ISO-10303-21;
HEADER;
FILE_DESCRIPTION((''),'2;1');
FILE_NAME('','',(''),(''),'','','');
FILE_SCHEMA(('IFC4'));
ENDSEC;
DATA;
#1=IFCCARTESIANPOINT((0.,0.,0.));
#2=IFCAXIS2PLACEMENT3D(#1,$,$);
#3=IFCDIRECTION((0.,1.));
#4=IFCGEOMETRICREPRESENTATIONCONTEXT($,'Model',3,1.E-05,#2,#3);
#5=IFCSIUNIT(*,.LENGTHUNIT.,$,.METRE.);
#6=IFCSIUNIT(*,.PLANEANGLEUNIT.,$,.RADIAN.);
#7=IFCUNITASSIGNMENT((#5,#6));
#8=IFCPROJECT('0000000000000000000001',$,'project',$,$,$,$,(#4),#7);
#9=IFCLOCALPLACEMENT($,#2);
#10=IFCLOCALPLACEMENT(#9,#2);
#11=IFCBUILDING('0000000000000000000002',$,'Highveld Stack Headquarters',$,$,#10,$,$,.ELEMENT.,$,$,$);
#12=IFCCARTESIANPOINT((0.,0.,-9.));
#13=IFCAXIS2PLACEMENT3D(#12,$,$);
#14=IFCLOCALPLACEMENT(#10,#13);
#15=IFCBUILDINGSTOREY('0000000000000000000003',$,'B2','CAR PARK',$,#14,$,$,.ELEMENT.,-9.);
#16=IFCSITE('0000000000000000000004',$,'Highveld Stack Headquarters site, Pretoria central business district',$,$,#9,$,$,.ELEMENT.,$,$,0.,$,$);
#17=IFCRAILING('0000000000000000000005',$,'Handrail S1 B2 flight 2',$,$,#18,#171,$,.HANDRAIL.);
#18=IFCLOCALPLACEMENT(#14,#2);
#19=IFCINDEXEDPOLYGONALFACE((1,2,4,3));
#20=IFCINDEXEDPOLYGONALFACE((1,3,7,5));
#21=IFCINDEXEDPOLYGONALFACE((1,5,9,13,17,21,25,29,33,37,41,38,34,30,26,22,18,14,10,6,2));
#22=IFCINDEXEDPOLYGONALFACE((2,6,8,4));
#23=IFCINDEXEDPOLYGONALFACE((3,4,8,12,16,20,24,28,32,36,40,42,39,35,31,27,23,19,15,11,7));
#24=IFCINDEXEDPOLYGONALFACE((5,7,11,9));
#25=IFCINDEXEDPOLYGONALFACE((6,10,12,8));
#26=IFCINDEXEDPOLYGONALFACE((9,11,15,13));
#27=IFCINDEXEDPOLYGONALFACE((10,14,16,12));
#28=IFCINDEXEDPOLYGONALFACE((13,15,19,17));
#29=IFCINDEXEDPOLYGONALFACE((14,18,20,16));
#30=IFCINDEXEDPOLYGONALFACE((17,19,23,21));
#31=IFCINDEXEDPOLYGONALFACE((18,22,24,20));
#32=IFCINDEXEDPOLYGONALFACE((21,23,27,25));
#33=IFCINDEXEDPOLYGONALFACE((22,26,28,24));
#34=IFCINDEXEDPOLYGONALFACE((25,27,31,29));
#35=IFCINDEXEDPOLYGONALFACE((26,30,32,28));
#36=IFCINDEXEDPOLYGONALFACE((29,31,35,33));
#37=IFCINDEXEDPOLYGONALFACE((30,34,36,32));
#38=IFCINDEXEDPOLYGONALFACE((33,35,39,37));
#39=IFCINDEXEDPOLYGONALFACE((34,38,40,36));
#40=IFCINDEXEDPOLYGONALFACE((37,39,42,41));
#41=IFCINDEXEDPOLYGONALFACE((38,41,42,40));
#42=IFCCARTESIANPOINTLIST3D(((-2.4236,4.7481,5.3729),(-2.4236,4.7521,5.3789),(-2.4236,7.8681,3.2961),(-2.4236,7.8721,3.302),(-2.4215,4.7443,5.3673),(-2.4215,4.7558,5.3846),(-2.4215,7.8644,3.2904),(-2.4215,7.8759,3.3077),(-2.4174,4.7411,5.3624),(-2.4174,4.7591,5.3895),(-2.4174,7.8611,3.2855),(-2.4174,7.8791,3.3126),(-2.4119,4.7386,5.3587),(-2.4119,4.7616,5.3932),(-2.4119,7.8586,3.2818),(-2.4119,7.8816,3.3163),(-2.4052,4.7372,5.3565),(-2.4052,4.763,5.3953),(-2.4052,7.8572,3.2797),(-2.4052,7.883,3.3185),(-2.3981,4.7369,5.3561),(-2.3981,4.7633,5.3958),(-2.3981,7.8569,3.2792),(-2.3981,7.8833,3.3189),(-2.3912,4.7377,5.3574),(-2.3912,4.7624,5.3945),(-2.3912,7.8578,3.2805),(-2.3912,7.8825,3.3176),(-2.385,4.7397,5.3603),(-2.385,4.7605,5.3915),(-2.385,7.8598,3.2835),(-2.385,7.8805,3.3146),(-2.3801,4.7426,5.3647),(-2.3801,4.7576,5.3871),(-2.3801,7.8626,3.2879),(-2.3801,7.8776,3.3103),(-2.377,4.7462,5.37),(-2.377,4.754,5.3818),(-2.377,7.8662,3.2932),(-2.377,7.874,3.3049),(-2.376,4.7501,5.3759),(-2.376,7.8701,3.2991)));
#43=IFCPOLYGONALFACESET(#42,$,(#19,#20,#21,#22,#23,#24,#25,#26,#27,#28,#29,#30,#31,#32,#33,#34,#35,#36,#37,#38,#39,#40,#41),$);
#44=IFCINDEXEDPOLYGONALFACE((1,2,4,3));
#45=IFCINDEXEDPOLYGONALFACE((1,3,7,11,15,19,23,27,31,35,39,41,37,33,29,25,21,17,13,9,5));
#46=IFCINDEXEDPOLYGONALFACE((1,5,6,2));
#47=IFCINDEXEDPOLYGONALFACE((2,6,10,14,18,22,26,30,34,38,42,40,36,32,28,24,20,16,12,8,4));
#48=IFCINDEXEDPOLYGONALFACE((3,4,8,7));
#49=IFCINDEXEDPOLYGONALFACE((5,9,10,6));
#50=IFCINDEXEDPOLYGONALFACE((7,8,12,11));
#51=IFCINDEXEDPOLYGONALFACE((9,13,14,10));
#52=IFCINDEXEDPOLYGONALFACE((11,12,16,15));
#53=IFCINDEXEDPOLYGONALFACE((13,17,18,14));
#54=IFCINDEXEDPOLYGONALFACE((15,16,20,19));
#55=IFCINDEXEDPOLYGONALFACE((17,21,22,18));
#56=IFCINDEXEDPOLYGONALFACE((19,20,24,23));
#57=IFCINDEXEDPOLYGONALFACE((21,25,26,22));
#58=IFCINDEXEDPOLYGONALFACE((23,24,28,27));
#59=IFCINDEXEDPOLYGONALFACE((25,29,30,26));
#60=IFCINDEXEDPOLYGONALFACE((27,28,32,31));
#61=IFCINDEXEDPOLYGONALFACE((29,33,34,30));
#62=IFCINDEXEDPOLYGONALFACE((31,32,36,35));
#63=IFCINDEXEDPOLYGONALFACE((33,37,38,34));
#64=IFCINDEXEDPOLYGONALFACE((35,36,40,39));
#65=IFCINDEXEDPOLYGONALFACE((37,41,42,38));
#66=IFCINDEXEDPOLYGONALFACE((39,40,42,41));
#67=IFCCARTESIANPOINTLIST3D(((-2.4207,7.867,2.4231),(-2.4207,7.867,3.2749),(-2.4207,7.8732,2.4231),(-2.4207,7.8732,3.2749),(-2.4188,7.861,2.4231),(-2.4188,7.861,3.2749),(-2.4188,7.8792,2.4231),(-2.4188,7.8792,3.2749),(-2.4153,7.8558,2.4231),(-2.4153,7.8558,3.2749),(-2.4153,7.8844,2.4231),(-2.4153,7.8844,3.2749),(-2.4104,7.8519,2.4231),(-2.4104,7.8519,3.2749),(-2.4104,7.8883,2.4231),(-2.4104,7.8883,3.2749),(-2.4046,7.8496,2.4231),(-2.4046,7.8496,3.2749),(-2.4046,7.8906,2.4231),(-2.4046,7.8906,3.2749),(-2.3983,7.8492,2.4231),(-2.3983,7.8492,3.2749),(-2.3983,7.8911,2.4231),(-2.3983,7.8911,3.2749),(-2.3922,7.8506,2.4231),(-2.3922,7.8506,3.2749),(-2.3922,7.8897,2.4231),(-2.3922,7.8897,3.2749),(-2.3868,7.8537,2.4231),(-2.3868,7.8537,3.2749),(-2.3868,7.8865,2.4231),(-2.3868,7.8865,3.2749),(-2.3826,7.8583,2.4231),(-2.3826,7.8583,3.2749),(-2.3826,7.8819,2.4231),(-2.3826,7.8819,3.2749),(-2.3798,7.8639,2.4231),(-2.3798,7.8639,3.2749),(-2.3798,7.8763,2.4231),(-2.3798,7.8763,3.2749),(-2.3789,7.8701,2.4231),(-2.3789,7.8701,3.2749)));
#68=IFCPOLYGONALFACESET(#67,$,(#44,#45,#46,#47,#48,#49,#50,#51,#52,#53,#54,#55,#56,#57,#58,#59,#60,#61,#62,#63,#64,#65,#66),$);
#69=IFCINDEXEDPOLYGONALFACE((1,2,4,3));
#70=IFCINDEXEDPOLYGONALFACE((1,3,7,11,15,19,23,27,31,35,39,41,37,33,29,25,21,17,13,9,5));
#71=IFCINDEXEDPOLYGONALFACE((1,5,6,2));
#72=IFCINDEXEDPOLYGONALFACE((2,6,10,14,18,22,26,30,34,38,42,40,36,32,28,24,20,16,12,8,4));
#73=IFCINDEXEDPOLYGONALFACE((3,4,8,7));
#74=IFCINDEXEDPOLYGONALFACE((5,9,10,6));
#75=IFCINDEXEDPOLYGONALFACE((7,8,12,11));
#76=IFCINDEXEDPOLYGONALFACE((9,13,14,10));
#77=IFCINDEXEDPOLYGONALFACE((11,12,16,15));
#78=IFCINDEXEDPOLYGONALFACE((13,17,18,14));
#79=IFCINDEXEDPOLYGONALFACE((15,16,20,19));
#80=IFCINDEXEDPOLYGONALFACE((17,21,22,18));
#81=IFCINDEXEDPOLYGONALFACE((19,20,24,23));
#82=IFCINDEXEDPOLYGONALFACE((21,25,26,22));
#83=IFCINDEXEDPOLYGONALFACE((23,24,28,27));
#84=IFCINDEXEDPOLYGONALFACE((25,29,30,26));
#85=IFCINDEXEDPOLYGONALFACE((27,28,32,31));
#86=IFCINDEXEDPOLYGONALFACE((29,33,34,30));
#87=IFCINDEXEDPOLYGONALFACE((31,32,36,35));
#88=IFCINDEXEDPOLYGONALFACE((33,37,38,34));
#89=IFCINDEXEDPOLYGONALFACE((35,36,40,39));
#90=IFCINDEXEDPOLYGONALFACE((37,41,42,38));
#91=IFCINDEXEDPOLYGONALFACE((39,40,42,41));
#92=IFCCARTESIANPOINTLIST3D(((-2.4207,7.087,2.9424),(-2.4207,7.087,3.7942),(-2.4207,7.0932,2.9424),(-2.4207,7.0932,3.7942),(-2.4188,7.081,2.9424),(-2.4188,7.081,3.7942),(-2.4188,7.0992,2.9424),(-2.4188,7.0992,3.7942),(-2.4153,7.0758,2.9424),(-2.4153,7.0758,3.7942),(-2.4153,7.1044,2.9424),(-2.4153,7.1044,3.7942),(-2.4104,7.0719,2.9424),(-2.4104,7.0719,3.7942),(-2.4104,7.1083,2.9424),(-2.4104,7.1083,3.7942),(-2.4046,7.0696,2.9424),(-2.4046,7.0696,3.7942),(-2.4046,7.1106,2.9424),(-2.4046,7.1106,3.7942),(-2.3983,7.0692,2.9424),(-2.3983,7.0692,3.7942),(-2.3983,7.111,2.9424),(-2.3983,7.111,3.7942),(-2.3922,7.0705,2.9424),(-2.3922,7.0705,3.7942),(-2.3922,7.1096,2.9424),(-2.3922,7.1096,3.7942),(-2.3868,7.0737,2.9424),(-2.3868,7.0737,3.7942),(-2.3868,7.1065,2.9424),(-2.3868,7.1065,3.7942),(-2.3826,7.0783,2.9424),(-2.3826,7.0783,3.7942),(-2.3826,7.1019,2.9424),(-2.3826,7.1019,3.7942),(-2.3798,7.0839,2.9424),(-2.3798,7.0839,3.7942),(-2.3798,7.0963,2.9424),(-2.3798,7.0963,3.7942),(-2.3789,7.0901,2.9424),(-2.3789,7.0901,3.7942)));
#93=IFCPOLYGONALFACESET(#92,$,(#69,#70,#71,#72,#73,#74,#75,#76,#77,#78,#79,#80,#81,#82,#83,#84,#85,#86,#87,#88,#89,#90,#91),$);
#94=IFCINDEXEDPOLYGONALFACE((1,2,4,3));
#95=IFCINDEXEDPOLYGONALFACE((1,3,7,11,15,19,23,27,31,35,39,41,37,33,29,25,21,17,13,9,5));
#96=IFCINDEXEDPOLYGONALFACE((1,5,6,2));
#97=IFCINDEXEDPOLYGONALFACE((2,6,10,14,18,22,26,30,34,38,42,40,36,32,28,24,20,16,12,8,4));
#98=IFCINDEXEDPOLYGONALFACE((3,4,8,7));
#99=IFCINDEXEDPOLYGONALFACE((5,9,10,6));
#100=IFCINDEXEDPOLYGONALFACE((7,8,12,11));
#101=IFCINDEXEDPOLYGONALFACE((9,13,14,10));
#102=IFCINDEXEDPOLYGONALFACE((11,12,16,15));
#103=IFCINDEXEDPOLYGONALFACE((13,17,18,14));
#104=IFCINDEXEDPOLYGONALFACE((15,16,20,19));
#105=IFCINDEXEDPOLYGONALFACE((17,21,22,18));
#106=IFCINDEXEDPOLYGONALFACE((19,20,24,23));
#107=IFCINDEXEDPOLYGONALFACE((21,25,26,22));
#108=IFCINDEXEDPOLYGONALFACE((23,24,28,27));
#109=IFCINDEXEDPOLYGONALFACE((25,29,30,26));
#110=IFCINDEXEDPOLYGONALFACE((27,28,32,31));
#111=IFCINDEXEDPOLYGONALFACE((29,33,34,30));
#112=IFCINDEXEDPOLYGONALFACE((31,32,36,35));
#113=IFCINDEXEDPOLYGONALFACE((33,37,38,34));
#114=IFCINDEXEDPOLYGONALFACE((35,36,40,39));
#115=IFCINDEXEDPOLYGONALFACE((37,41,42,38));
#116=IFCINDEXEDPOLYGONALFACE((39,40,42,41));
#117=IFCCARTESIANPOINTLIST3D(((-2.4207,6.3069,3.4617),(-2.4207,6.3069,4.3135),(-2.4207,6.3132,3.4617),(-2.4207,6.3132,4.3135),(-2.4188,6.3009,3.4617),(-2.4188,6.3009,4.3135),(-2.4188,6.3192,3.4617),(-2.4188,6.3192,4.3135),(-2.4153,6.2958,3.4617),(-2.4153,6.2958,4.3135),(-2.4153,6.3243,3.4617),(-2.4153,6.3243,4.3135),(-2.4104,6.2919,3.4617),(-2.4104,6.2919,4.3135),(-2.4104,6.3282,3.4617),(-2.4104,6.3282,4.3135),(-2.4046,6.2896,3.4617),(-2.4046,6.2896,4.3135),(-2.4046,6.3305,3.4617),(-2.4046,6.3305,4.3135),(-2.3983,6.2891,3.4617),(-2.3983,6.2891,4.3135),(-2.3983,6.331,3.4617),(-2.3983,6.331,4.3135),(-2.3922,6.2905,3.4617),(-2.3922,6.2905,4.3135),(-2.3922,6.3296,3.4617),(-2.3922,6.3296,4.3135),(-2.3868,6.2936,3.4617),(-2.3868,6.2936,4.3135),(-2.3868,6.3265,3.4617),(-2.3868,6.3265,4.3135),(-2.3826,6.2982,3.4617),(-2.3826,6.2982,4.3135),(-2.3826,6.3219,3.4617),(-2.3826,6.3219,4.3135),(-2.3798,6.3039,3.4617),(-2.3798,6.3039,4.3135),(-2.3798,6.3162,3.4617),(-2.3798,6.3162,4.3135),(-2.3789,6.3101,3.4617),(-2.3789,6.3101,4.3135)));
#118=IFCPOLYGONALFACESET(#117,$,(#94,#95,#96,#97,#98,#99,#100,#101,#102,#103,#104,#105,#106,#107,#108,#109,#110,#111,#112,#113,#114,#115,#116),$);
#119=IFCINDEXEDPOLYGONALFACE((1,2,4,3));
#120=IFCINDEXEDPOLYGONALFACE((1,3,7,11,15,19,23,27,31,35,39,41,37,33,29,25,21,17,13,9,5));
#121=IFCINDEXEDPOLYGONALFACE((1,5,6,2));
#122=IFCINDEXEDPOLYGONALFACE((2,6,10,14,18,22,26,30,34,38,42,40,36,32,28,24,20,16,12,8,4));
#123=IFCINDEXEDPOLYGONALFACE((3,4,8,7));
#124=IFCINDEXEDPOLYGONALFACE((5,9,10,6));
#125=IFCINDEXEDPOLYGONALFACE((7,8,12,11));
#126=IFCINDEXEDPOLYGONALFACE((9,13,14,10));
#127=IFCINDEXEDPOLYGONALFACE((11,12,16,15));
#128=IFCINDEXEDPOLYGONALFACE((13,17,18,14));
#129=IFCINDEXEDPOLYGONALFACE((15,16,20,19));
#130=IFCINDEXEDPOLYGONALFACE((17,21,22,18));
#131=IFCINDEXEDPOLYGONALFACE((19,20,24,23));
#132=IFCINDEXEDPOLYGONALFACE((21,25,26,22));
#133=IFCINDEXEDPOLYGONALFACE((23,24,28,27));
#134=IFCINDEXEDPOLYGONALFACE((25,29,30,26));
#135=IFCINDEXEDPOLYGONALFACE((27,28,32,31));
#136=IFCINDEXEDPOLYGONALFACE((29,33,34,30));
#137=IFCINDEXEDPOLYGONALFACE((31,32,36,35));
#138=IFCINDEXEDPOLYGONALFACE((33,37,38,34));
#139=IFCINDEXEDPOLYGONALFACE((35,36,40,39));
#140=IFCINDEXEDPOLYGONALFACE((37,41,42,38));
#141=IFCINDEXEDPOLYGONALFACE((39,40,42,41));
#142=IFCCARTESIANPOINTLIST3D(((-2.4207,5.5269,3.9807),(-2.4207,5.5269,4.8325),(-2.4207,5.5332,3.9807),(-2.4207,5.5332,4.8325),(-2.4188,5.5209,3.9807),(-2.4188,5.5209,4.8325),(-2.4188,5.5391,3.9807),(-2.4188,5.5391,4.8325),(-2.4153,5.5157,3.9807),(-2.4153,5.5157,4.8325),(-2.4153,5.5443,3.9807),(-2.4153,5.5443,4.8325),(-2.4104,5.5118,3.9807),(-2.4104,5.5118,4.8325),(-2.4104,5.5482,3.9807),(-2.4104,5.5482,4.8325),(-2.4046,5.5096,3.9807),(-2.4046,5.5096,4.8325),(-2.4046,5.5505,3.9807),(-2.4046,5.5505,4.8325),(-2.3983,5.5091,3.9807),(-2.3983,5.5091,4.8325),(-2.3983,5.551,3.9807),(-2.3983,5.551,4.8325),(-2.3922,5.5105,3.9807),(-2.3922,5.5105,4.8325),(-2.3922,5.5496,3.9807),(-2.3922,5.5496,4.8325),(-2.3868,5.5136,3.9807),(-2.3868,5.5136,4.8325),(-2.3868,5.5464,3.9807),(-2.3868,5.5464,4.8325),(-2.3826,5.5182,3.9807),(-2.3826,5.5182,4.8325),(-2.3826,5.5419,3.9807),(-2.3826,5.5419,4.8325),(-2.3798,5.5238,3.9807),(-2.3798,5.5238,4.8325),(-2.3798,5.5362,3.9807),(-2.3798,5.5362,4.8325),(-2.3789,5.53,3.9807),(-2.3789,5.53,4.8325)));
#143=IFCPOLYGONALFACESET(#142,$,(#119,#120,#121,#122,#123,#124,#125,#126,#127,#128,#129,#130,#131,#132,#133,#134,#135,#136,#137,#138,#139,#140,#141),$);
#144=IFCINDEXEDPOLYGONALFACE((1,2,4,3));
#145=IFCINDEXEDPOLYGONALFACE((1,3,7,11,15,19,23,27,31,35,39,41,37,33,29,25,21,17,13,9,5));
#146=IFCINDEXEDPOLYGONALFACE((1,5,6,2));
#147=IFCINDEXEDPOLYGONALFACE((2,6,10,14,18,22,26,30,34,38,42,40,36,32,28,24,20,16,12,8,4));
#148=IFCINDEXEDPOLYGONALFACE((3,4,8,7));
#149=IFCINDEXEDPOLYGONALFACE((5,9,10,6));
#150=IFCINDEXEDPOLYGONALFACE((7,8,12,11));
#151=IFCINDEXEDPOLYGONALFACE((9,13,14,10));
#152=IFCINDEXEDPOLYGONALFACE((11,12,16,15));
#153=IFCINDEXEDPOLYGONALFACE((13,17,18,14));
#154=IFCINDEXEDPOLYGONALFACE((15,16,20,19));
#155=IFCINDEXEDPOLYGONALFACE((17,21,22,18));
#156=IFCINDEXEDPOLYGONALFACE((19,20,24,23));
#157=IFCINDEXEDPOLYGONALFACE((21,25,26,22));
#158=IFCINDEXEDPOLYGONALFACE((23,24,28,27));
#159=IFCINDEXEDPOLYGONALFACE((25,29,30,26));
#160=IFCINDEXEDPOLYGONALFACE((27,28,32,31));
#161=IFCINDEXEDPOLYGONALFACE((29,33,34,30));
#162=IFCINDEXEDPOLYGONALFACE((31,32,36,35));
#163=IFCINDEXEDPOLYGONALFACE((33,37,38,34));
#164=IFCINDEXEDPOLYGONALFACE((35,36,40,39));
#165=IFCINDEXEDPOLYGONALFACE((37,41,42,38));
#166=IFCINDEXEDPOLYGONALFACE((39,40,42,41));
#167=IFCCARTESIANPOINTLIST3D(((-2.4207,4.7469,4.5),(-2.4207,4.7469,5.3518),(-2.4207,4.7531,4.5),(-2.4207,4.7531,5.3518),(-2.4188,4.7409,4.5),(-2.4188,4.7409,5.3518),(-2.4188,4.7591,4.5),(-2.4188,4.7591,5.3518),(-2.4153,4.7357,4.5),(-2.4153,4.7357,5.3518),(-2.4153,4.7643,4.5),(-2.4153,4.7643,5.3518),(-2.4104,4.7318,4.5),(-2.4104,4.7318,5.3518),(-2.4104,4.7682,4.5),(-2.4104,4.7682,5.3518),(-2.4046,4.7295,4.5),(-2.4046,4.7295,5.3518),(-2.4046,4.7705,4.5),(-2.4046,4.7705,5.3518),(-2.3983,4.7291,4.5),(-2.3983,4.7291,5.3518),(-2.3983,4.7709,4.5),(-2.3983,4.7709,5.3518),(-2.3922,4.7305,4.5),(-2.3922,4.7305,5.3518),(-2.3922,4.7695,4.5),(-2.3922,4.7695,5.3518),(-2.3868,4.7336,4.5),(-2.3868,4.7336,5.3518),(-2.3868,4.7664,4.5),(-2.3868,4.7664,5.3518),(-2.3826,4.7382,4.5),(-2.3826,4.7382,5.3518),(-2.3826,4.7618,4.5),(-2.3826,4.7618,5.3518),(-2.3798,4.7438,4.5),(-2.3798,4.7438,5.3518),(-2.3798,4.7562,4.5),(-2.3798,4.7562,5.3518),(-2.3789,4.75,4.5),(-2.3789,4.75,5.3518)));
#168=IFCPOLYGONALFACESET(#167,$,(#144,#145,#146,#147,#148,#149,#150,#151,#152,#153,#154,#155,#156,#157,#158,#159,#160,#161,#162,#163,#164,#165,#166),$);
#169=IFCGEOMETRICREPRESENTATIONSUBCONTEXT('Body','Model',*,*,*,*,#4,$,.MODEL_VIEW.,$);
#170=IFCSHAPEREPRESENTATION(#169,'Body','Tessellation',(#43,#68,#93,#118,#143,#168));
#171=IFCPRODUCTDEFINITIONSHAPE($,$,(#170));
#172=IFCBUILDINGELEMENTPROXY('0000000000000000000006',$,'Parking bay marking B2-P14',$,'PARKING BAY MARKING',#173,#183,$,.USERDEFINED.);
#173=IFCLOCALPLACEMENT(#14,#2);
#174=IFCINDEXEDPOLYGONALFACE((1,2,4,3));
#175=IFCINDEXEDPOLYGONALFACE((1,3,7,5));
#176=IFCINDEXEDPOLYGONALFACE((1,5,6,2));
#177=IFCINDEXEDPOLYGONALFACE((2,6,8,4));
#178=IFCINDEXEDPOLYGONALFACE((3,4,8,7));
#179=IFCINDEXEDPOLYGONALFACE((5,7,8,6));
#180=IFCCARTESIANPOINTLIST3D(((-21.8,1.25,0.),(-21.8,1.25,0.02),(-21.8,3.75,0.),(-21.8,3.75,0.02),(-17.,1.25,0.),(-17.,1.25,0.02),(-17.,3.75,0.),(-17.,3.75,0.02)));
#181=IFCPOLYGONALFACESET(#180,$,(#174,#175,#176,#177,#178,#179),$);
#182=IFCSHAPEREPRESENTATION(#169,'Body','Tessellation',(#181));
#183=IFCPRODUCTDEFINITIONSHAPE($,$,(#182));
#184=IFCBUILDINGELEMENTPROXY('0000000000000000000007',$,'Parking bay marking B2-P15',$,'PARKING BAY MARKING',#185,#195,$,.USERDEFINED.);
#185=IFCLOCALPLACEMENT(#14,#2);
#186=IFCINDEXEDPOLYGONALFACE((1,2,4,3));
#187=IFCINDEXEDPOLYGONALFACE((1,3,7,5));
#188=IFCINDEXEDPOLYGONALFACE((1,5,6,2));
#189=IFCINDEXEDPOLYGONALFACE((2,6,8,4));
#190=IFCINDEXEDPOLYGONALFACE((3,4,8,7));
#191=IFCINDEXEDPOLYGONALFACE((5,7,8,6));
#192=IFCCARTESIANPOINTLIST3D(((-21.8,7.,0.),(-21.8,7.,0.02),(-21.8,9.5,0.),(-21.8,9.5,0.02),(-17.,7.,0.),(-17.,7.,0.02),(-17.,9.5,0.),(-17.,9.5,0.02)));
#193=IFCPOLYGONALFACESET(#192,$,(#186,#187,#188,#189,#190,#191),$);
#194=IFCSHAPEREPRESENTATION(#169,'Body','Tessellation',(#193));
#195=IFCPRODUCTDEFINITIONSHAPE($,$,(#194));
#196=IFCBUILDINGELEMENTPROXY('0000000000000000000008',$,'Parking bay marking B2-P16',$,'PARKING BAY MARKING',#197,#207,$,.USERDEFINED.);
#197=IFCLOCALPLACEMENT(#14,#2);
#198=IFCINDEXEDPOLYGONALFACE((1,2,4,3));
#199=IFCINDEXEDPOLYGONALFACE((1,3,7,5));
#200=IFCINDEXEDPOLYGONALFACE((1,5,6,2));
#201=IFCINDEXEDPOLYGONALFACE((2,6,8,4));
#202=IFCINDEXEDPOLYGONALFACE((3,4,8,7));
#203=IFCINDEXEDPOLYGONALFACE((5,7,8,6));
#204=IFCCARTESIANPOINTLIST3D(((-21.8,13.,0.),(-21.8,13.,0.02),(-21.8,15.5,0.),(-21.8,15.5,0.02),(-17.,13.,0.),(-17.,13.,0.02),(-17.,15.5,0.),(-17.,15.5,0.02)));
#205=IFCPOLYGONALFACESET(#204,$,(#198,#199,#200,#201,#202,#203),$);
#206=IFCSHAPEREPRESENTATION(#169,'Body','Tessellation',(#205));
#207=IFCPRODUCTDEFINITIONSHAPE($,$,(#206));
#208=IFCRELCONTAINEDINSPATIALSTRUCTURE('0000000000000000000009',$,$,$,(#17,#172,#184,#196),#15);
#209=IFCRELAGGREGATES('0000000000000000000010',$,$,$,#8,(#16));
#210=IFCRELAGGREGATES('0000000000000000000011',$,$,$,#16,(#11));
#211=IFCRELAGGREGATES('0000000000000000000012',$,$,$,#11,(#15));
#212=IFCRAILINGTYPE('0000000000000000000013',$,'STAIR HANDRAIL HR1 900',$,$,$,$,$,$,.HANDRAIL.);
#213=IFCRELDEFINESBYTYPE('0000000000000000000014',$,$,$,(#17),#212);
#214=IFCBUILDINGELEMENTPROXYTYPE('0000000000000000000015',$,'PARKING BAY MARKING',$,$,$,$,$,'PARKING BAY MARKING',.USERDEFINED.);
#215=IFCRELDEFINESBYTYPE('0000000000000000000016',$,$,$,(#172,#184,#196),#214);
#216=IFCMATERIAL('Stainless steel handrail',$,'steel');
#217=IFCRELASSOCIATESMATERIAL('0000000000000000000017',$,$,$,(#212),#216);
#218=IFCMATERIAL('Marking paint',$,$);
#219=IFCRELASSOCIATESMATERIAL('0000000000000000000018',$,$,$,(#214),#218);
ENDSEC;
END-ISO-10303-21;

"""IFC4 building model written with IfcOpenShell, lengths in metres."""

from ifc_helpers import new_model, si_unit, direction, frame, origin, origin_2d, place, context, subcontext, project, spatial, polyline, circle, outline, extrude, material, type_object, element, save


model = new_model("IFC4")

# Units and contexts
model_context = context("Model", 3, precision=1e-05, world=origin(), true_north=direction((0.0, 1.0)))
body_context = subcontext(model_context, "Body", "Model", "MODEL_VIEW")
ifc_project = project(units=[si_unit("LENGTHUNIT", "METRE"), si_unit("PLANEANGLEUNIT", "RADIAN")], contexts=[model_context])

# Site, building, storey
site_placement = place(None, origin())
site = spatial("IfcSite", under=ifc_project, at=site_placement, Name="Highveld Stack Headquarters site, Pretoria central business district", CompositionType="ELEMENT", RefElevation=0.0)
building_placement = place(site_placement, origin())
building = spatial("IfcBuilding", under=site, at=building_placement, Name="Highveld Stack Headquarters", CompositionType="ELEMENT")
storey_placement = place(building_placement, frame((0.0, 0.0, -9.0)))
storey = spatial("IfcBuildingStorey", under=building, at=storey_placement, Name="B2", Description="CAR PARK", CompositionType="ELEMENT", Elevation=-9.0)

# Railing
ifc_material_1 = material(Name="Stainless steel handrail", Category="steel")
railing_type = type_object("IfcRailingType", Name="STAIR HANDRAIL HR1 900", PredefinedType="HANDRAIL", material=ifc_material_1)
for number, where, name in (
    (1, (-2.3999, 7.8701, 2.4231), "Handrail S1 B2 flight 2"),
):
    element("IfcRailing", number, at=place(storey_placement, frame(where)), inside=storey, type_object=railing_type, Name=name, PredefinedType="HANDRAIL", context=body_context, shape_type="SweptSolid", body=[
        extrude(circle(Radius=0.0239, at=origin_2d()), frame((0.0, 0.0, 0.876), z_axis=(0.0, -0.832441, 0.554114), x_axis=(1.0, 0.0, 0.0)), (0.0, 0.0, 1.0), 3.748),
        extrude(circle(Radius=0.021, at=origin_2d()), origin(), (0.0, 0.0, 1.0), 0.8518),
        extrude(circle(Radius=0.021, at=origin_2d()), frame((0.0, -0.78, 0.5193)), (0.0, 0.0, 1.0), 0.8518),
        extrude(circle(Radius=0.021, at=origin_2d()), frame((0.0, -1.5601, 1.0386)), (0.0, 0.0, 1.0), 0.8518),
        extrude(circle(Radius=0.021, at=origin_2d()), frame((0.0, -2.3401, 1.5576)), (0.0, 0.0, 1.0), 0.8518),
        extrude(circle(Radius=0.021, at=origin_2d()), frame((0.0, -3.1201, 2.0769)), (0.0, 0.0, 1.0), 0.8518),
    ])

# Building element proxies
ifc_material_2 = material(Name="Marking paint")
building_element_proxy_type = type_object("IfcBuildingElementProxyType", Name="PARKING BAY MARKING", ElementType="PARKING BAY MARKING", PredefinedType="USERDEFINED", material=ifc_material_2)
proxy_1_placement = place(storey_placement, origin())
element("IfcBuildingElementProxy", 2, at=proxy_1_placement, inside=storey, type_object=building_element_proxy_type, Name="Parking bay marking B2-P14", ObjectType="PARKING BAY MARKING", PredefinedType="USERDEFINED", context=body_context, shape_type="SweptSolid", body=[
    extrude(outline(polyline([(-17.0, 1.25), (-17.0, 3.75), (-21.8, 3.75), (-21.8, 1.25), (-17.0, 1.25)])), origin(), (0.0, 0.0, 1.0), 0.02),
])
proxy_2_placement = place(storey_placement, origin())
element("IfcBuildingElementProxy", 3, at=proxy_2_placement, inside=storey, type_object=building_element_proxy_type, Name="Parking bay marking B2-P15", ObjectType="PARKING BAY MARKING", PredefinedType="USERDEFINED", context=body_context, shape_type="SweptSolid", body=[
    extrude(outline(polyline([(-17.0, 7.0), (-17.0, 9.5), (-21.8, 9.5), (-21.8, 7.0), (-17.0, 7.0)])), origin(), (0.0, 0.0, 1.0), 0.02),
])
proxy_3_placement = place(storey_placement, origin())
element("IfcBuildingElementProxy", 4, at=proxy_3_placement, inside=storey, type_object=building_element_proxy_type, Name="Parking bay marking B2-P16", ObjectType="PARKING BAY MARKING", PredefinedType="USERDEFINED", context=body_context, shape_type="SweptSolid", body=[
    extrude(outline(polyline([(-17.0, 13.0), (-17.0, 15.5), (-21.8, 15.5), (-21.8, 13.0), (-17.0, 13.0)])), origin(), (0.0, 0.0, 1.0), 0.02),
])

save(model, "model.ifc")
